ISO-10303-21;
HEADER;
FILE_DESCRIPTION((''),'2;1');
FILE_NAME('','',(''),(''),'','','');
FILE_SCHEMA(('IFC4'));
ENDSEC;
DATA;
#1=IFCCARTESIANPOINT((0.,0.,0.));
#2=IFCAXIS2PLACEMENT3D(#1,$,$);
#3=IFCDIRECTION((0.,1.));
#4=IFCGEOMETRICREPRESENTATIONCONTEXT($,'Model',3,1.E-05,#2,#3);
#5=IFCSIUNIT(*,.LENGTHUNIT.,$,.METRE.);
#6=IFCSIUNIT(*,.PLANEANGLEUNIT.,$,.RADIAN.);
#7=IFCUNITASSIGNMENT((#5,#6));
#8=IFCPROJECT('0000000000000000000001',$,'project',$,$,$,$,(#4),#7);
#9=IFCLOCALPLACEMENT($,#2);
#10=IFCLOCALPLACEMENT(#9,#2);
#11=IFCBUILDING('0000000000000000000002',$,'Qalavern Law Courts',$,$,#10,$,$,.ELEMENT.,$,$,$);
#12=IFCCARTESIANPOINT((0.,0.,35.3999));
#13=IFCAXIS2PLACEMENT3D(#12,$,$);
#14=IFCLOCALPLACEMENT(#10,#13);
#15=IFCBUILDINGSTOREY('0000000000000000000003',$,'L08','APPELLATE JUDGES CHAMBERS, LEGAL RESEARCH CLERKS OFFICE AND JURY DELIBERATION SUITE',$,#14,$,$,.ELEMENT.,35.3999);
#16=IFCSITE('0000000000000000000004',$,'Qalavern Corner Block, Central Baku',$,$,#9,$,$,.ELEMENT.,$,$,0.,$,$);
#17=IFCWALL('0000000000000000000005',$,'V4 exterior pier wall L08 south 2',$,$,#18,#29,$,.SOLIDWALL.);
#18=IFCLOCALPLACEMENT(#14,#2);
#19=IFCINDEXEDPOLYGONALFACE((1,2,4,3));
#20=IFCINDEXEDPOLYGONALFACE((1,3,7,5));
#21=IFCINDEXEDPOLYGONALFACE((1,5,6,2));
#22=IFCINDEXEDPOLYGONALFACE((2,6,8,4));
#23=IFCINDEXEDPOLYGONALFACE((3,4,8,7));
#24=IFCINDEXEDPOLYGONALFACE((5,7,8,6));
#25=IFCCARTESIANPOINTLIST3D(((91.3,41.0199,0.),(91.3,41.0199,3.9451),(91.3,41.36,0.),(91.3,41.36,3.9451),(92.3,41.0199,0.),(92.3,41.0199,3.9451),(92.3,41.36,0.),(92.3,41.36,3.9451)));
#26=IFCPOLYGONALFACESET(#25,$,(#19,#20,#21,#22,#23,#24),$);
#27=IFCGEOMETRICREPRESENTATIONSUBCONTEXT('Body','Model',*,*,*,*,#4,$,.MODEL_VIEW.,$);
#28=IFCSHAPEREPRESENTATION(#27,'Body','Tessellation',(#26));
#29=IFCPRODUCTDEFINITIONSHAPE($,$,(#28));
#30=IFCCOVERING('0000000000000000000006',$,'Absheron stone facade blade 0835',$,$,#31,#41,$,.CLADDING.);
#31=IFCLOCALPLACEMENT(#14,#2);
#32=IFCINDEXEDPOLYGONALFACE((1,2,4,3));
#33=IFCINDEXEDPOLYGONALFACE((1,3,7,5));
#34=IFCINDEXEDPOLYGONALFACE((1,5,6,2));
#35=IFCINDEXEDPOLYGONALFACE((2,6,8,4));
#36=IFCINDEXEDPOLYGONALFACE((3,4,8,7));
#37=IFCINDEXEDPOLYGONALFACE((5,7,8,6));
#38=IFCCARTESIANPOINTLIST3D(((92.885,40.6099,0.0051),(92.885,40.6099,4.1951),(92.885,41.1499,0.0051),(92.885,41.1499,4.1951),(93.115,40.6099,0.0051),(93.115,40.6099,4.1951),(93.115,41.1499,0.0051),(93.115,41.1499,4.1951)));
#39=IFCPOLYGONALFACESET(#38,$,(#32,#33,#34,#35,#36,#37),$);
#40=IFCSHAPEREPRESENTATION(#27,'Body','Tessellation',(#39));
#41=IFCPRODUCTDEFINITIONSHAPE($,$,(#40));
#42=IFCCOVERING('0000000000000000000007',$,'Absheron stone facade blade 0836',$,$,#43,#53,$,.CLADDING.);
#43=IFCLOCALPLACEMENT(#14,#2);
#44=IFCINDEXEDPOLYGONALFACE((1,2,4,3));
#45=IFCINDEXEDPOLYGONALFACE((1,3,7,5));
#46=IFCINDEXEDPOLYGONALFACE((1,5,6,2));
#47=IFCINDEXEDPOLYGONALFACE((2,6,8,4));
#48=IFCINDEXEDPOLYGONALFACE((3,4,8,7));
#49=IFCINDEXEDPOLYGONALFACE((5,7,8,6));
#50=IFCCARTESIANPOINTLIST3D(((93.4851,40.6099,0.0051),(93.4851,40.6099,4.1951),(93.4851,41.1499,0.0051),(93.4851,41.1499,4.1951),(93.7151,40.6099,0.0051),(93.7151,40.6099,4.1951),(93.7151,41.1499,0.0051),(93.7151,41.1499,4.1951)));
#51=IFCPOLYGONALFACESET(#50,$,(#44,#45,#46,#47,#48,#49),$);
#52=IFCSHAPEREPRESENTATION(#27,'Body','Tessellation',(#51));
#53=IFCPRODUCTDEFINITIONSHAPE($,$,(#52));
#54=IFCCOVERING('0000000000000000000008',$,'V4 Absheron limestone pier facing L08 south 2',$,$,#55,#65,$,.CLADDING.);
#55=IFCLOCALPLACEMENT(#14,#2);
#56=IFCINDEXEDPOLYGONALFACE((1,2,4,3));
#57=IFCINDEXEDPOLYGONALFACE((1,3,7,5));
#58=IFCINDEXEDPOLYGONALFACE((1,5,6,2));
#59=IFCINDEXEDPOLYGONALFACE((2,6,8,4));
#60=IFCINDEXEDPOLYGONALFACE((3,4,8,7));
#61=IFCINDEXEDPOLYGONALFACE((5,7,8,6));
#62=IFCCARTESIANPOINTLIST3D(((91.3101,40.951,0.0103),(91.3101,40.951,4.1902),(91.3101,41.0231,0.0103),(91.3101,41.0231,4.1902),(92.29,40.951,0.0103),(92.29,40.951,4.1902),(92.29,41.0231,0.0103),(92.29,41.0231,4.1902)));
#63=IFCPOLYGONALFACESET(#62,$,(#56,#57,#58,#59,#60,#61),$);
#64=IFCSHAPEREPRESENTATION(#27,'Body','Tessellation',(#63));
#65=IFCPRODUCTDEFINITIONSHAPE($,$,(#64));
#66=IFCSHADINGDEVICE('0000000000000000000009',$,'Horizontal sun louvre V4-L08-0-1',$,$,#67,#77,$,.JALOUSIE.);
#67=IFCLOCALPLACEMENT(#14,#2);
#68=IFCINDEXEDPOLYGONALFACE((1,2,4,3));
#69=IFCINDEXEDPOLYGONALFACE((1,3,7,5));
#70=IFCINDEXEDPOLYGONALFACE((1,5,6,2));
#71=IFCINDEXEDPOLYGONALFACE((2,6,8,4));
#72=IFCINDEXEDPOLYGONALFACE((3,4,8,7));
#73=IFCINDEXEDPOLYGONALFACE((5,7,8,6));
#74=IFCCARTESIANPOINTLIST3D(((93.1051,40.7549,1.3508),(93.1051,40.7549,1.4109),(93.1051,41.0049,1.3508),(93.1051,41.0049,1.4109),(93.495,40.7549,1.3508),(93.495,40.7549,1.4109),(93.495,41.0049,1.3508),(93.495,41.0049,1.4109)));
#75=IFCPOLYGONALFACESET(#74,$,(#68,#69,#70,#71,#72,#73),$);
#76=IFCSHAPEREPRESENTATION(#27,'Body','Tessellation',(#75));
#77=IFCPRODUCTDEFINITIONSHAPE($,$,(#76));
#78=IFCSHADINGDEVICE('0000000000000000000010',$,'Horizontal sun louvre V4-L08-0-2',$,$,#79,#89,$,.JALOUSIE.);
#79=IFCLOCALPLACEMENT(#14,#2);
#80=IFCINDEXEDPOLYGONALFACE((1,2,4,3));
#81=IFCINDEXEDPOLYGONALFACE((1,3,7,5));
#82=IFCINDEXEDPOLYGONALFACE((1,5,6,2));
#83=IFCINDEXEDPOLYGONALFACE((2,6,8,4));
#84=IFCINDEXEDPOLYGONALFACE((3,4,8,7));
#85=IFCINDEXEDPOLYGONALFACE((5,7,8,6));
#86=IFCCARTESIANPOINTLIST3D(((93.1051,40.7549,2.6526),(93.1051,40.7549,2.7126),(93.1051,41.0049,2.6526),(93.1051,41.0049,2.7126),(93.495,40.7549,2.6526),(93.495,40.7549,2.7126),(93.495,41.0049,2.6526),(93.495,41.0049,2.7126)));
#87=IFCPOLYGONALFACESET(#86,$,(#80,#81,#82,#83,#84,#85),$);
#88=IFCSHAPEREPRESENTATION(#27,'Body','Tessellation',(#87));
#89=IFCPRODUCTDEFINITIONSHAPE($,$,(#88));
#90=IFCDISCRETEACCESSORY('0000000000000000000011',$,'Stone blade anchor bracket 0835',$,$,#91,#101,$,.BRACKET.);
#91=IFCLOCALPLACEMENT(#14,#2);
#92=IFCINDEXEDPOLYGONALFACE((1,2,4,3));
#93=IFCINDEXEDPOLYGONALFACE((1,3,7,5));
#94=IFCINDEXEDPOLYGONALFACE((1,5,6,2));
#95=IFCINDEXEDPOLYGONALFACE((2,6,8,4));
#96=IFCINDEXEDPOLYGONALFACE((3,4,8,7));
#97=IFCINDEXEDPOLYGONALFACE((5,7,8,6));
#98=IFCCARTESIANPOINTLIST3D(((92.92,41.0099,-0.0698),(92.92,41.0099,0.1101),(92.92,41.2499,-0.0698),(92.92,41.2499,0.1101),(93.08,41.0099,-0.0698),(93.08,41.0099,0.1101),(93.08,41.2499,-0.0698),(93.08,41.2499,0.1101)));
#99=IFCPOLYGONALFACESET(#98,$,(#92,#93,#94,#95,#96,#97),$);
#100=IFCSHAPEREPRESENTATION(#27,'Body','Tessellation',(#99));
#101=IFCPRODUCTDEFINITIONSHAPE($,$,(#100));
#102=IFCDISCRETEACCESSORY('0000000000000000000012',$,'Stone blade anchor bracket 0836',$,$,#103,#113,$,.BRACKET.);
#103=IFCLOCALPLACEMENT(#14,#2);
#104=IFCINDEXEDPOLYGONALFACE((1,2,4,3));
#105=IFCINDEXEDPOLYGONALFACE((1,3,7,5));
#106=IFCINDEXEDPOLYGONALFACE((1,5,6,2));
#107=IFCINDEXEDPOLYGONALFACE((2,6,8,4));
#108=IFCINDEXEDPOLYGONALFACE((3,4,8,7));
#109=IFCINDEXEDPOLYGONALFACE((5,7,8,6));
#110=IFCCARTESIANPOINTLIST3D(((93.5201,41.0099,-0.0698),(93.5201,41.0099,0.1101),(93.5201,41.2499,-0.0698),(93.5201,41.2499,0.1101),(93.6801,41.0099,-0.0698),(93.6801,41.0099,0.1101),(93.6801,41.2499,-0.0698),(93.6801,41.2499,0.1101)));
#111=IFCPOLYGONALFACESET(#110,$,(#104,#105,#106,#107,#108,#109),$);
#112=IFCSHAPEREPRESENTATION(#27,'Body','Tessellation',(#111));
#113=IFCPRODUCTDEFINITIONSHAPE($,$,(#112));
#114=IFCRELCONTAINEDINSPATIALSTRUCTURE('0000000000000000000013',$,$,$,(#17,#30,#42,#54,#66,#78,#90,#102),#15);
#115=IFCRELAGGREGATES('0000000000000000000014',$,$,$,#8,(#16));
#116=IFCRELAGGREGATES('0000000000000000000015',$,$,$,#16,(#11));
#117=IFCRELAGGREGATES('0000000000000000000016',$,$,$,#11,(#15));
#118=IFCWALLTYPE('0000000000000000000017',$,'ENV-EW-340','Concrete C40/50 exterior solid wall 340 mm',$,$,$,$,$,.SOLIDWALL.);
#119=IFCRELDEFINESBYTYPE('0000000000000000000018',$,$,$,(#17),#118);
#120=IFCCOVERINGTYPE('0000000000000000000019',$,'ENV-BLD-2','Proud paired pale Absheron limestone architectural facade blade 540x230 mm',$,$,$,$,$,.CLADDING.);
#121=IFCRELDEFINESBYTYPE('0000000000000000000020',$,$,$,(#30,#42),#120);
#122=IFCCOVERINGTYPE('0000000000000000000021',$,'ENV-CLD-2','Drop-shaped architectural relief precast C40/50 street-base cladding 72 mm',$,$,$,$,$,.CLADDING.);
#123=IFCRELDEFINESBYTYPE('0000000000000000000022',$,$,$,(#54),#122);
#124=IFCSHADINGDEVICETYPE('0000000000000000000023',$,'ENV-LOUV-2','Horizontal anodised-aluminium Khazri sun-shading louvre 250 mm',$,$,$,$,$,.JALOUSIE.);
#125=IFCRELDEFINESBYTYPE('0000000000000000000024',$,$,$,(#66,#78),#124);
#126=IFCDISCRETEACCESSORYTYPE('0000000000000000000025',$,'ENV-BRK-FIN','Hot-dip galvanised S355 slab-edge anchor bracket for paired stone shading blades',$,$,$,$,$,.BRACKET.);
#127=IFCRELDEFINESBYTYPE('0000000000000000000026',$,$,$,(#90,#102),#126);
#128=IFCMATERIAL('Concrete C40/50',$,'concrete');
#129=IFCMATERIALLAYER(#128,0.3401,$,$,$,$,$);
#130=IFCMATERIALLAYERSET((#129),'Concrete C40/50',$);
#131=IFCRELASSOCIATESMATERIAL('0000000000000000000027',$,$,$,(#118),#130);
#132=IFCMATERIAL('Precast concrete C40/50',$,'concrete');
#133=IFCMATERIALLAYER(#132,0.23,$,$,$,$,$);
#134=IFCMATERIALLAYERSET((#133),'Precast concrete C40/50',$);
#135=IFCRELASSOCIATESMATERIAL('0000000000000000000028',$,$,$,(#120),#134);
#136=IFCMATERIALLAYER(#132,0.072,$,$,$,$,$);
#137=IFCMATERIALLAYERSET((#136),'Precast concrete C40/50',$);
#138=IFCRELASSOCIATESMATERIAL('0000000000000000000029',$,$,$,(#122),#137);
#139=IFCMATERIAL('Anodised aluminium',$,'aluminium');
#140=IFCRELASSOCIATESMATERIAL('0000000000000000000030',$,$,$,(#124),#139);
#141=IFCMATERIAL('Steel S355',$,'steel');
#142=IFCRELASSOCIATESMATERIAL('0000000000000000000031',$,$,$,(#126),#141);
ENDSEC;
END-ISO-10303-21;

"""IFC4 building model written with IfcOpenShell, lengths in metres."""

from ifc_helpers import new_model, si_unit, direction, frame, frame_2d, origin, origin_2d, place, context, subcontext, project, spatial, rectangle, extrude, material, layer, layer_set, type_object, element, save


model = new_model("IFC4")

# Units and contexts
model_context = context("Model", 3, precision=1e-05, world=origin(), true_north=direction((0.0, 1.0)))
body_context = subcontext(model_context, "Body", "Model", "MODEL_VIEW")
ifc_project = project(units=[si_unit("LENGTHUNIT", "METRE"), si_unit("PLANEANGLEUNIT", "RADIAN")], contexts=[model_context])

# Site, building, storey
site_placement = place(None, origin())
site = spatial("IfcSite", under=ifc_project, at=site_placement, Name="Qalavern Corner Block, Central Baku", CompositionType="ELEMENT", RefElevation=0.0)
building_placement = place(site_placement, origin())
building = spatial("IfcBuilding", under=site, at=building_placement, Name="Qalavern Law Courts", CompositionType="ELEMENT")
storey_placement = place(building_placement, frame((0.0, 0.0, 35.3999)))
storey = spatial("IfcBuildingStorey", under=building, at=storey_placement, Name="L08", Description="APPELLATE JUDGES CHAMBERS, LEGAL RESEARCH CLERKS OFFICE AND JURY DELIBERATION SUITE", CompositionType="ELEMENT", Elevation=35.3999)

# Shared definitions
ifc_material_1 = material(Name="Anodised aluminium", Category="aluminium")

# Wall
ifc_material_2 = material(Name="Concrete C40/50", Category="concrete")
ifc_layer_1 = layer(ifc_material_2, 0.3401)
ifc_layer_set_1 = layer_set([ifc_layer_1], Name="Concrete C40/50")
wall_type = type_object("IfcWallType", Name="ENV-EW-340", Description="Concrete C40/50 exterior solid wall 340 mm", PredefinedType="SOLIDWALL", material=ifc_layer_set_1)
wall_placement = place(storey_placement, frame((91.3, 41.1899, 0.0), z_axis=(0.0, 0.0, 1.0), x_axis=(1.0, 0.0, 0.0)))
element("IfcWall", 1, at=wall_placement, inside=storey, type_object=wall_type, Name="V4 exterior pier wall L08 south 2", PredefinedType="SOLIDWALL", context=body_context, shape_type="SweptSolid", body=[
    extrude(rectangle(XDim=1.0, YDim=0.3401, at=frame_2d((0.5, 0.0))), origin(), (0.0, 0.0, 1.0), 3.9451),
])

# Coverings
ifc_material_3 = material(Name="Precast concrete C40/50", Category="concrete")
ifc_layer_2 = layer(ifc_material_3, 0.23)
ifc_layer_set_2 = layer_set([ifc_layer_2], Name="Precast concrete C40/50")
covering_type_1 = type_object("IfcCoveringType", Name="ENV-BLD-2", Description="Proud paired pale Absheron limestone architectural facade blade 540x230 mm", PredefinedType="CLADDING", material=ifc_layer_set_2)
for number, where, z_axis, x_axis, name in (
    (2, (93.0, 40.8799, 0.0051), (0.0, 0.0, 1.0), (0.0, -1.0, 0.0), "Absheron stone facade blade 0835"),
    (3, (93.6001, 40.8799, 0.0051), (0.0, 0.0, 1.0), (0.0, -1.0, 0.0), "Absheron stone facade blade 0836"),
):
    element("IfcCovering", number, at=place(storey_placement, frame(where, z_axis=z_axis, x_axis=x_axis)), inside=storey, type_object=covering_type_1, Name=name, PredefinedType="CLADDING", context=body_context, shape_type="SweptSolid", body=[
        extrude(rectangle(XDim=0.54, YDim=0.23, at=origin_2d()), origin(), (0.0, 0.0, 1.0), 4.1899),
    ])
ifc_layer_3 = layer(ifc_material_3, 0.072)
ifc_layer_set_3 = layer_set([ifc_layer_3], Name="Precast concrete C40/50")
covering_type_2 = type_object("IfcCoveringType", Name="ENV-CLD-2", Description="Drop-shaped architectural relief precast C40/50 street-base cladding 72 mm", PredefinedType="CLADDING", material=ifc_layer_set_3)
covering_placement = place(storey_placement, frame((91.8, 40.9871, 0.0103), z_axis=(0.0, 0.0, 1.0), x_axis=(1.0, 0.0, 0.0)))
element("IfcCovering", 4, at=covering_placement, inside=storey, type_object=covering_type_2, Name="V4 Absheron limestone pier facing L08 south 2", PredefinedType="CLADDING", context=body_context, shape_type="SweptSolid", body=[
    extrude(rectangle(XDim=0.98, YDim=0.072, at=origin_2d()), origin(), (0.0, 0.0, 1.0), 4.1799),
])

# Shading devices
shading_device_type = type_object("IfcShadingDeviceType", Name="ENV-LOUV-2", Description="Horizontal anodised-aluminium Khazri sun-shading louvre 250 mm", PredefinedType="JALOUSIE", material=ifc_material_1)
for number, where, z_axis, x_axis, name in (
    (5, (93.3, 40.8799, 1.3508), (0.0, 0.0, 1.0), (1.0, 0.0, 0.0), "Horizontal sun louvre V4-L08-0-1"),
    (6, (93.3, 40.8799, 2.6526), (0.0, 0.0, 1.0), (1.0, 0.0, 0.0), "Horizontal sun louvre V4-L08-0-2"),
):
    element("IfcShadingDevice", number, at=place(storey_placement, frame(where, z_axis=z_axis, x_axis=x_axis)), inside=storey, type_object=shading_device_type, Name=name, PredefinedType="JALOUSIE", context=body_context, shape_type="SweptSolid", body=[
        extrude(rectangle(XDim=0.3899, YDim=0.25, at=origin_2d()), origin(), (0.0, 0.0, 1.0), 0.0601),
    ])

# Discrete accessories
ifc_material_4 = material(Name="Steel S355", Category="steel")
discrete_accessory_type = type_object("IfcDiscreteAccessoryType", Name="ENV-BRK-FIN", Description="Hot-dip galvanised S355 slab-edge anchor bracket for paired stone shading blades", PredefinedType="BRACKET", material=ifc_material_4)
for number, where, z_axis, x_axis, name in (
    (7, (93.0, 41.1299, -0.0698), (0.0, 0.0, 1.0), (0.0, -1.0, 0.0), "Stone blade anchor bracket 0835"),
    (8, (93.6001, 41.1299, -0.0698), (0.0, 0.0, 1.0), (0.0, -1.0, 0.0), "Stone blade anchor bracket 0836"),
):
    element("IfcDiscreteAccessory", number, at=place(storey_placement, frame(where, z_axis=z_axis, x_axis=x_axis)), inside=storey, type_object=discrete_accessory_type, Name=name, PredefinedType="BRACKET", context=body_context, shape_type="SweptSolid", body=[
        extrude(rectangle(XDim=0.24, YDim=0.1599, at=origin_2d()), origin(), (0.0, 0.0, 1.0), 0.1799),
    ])

save(model, "model.ifc")
